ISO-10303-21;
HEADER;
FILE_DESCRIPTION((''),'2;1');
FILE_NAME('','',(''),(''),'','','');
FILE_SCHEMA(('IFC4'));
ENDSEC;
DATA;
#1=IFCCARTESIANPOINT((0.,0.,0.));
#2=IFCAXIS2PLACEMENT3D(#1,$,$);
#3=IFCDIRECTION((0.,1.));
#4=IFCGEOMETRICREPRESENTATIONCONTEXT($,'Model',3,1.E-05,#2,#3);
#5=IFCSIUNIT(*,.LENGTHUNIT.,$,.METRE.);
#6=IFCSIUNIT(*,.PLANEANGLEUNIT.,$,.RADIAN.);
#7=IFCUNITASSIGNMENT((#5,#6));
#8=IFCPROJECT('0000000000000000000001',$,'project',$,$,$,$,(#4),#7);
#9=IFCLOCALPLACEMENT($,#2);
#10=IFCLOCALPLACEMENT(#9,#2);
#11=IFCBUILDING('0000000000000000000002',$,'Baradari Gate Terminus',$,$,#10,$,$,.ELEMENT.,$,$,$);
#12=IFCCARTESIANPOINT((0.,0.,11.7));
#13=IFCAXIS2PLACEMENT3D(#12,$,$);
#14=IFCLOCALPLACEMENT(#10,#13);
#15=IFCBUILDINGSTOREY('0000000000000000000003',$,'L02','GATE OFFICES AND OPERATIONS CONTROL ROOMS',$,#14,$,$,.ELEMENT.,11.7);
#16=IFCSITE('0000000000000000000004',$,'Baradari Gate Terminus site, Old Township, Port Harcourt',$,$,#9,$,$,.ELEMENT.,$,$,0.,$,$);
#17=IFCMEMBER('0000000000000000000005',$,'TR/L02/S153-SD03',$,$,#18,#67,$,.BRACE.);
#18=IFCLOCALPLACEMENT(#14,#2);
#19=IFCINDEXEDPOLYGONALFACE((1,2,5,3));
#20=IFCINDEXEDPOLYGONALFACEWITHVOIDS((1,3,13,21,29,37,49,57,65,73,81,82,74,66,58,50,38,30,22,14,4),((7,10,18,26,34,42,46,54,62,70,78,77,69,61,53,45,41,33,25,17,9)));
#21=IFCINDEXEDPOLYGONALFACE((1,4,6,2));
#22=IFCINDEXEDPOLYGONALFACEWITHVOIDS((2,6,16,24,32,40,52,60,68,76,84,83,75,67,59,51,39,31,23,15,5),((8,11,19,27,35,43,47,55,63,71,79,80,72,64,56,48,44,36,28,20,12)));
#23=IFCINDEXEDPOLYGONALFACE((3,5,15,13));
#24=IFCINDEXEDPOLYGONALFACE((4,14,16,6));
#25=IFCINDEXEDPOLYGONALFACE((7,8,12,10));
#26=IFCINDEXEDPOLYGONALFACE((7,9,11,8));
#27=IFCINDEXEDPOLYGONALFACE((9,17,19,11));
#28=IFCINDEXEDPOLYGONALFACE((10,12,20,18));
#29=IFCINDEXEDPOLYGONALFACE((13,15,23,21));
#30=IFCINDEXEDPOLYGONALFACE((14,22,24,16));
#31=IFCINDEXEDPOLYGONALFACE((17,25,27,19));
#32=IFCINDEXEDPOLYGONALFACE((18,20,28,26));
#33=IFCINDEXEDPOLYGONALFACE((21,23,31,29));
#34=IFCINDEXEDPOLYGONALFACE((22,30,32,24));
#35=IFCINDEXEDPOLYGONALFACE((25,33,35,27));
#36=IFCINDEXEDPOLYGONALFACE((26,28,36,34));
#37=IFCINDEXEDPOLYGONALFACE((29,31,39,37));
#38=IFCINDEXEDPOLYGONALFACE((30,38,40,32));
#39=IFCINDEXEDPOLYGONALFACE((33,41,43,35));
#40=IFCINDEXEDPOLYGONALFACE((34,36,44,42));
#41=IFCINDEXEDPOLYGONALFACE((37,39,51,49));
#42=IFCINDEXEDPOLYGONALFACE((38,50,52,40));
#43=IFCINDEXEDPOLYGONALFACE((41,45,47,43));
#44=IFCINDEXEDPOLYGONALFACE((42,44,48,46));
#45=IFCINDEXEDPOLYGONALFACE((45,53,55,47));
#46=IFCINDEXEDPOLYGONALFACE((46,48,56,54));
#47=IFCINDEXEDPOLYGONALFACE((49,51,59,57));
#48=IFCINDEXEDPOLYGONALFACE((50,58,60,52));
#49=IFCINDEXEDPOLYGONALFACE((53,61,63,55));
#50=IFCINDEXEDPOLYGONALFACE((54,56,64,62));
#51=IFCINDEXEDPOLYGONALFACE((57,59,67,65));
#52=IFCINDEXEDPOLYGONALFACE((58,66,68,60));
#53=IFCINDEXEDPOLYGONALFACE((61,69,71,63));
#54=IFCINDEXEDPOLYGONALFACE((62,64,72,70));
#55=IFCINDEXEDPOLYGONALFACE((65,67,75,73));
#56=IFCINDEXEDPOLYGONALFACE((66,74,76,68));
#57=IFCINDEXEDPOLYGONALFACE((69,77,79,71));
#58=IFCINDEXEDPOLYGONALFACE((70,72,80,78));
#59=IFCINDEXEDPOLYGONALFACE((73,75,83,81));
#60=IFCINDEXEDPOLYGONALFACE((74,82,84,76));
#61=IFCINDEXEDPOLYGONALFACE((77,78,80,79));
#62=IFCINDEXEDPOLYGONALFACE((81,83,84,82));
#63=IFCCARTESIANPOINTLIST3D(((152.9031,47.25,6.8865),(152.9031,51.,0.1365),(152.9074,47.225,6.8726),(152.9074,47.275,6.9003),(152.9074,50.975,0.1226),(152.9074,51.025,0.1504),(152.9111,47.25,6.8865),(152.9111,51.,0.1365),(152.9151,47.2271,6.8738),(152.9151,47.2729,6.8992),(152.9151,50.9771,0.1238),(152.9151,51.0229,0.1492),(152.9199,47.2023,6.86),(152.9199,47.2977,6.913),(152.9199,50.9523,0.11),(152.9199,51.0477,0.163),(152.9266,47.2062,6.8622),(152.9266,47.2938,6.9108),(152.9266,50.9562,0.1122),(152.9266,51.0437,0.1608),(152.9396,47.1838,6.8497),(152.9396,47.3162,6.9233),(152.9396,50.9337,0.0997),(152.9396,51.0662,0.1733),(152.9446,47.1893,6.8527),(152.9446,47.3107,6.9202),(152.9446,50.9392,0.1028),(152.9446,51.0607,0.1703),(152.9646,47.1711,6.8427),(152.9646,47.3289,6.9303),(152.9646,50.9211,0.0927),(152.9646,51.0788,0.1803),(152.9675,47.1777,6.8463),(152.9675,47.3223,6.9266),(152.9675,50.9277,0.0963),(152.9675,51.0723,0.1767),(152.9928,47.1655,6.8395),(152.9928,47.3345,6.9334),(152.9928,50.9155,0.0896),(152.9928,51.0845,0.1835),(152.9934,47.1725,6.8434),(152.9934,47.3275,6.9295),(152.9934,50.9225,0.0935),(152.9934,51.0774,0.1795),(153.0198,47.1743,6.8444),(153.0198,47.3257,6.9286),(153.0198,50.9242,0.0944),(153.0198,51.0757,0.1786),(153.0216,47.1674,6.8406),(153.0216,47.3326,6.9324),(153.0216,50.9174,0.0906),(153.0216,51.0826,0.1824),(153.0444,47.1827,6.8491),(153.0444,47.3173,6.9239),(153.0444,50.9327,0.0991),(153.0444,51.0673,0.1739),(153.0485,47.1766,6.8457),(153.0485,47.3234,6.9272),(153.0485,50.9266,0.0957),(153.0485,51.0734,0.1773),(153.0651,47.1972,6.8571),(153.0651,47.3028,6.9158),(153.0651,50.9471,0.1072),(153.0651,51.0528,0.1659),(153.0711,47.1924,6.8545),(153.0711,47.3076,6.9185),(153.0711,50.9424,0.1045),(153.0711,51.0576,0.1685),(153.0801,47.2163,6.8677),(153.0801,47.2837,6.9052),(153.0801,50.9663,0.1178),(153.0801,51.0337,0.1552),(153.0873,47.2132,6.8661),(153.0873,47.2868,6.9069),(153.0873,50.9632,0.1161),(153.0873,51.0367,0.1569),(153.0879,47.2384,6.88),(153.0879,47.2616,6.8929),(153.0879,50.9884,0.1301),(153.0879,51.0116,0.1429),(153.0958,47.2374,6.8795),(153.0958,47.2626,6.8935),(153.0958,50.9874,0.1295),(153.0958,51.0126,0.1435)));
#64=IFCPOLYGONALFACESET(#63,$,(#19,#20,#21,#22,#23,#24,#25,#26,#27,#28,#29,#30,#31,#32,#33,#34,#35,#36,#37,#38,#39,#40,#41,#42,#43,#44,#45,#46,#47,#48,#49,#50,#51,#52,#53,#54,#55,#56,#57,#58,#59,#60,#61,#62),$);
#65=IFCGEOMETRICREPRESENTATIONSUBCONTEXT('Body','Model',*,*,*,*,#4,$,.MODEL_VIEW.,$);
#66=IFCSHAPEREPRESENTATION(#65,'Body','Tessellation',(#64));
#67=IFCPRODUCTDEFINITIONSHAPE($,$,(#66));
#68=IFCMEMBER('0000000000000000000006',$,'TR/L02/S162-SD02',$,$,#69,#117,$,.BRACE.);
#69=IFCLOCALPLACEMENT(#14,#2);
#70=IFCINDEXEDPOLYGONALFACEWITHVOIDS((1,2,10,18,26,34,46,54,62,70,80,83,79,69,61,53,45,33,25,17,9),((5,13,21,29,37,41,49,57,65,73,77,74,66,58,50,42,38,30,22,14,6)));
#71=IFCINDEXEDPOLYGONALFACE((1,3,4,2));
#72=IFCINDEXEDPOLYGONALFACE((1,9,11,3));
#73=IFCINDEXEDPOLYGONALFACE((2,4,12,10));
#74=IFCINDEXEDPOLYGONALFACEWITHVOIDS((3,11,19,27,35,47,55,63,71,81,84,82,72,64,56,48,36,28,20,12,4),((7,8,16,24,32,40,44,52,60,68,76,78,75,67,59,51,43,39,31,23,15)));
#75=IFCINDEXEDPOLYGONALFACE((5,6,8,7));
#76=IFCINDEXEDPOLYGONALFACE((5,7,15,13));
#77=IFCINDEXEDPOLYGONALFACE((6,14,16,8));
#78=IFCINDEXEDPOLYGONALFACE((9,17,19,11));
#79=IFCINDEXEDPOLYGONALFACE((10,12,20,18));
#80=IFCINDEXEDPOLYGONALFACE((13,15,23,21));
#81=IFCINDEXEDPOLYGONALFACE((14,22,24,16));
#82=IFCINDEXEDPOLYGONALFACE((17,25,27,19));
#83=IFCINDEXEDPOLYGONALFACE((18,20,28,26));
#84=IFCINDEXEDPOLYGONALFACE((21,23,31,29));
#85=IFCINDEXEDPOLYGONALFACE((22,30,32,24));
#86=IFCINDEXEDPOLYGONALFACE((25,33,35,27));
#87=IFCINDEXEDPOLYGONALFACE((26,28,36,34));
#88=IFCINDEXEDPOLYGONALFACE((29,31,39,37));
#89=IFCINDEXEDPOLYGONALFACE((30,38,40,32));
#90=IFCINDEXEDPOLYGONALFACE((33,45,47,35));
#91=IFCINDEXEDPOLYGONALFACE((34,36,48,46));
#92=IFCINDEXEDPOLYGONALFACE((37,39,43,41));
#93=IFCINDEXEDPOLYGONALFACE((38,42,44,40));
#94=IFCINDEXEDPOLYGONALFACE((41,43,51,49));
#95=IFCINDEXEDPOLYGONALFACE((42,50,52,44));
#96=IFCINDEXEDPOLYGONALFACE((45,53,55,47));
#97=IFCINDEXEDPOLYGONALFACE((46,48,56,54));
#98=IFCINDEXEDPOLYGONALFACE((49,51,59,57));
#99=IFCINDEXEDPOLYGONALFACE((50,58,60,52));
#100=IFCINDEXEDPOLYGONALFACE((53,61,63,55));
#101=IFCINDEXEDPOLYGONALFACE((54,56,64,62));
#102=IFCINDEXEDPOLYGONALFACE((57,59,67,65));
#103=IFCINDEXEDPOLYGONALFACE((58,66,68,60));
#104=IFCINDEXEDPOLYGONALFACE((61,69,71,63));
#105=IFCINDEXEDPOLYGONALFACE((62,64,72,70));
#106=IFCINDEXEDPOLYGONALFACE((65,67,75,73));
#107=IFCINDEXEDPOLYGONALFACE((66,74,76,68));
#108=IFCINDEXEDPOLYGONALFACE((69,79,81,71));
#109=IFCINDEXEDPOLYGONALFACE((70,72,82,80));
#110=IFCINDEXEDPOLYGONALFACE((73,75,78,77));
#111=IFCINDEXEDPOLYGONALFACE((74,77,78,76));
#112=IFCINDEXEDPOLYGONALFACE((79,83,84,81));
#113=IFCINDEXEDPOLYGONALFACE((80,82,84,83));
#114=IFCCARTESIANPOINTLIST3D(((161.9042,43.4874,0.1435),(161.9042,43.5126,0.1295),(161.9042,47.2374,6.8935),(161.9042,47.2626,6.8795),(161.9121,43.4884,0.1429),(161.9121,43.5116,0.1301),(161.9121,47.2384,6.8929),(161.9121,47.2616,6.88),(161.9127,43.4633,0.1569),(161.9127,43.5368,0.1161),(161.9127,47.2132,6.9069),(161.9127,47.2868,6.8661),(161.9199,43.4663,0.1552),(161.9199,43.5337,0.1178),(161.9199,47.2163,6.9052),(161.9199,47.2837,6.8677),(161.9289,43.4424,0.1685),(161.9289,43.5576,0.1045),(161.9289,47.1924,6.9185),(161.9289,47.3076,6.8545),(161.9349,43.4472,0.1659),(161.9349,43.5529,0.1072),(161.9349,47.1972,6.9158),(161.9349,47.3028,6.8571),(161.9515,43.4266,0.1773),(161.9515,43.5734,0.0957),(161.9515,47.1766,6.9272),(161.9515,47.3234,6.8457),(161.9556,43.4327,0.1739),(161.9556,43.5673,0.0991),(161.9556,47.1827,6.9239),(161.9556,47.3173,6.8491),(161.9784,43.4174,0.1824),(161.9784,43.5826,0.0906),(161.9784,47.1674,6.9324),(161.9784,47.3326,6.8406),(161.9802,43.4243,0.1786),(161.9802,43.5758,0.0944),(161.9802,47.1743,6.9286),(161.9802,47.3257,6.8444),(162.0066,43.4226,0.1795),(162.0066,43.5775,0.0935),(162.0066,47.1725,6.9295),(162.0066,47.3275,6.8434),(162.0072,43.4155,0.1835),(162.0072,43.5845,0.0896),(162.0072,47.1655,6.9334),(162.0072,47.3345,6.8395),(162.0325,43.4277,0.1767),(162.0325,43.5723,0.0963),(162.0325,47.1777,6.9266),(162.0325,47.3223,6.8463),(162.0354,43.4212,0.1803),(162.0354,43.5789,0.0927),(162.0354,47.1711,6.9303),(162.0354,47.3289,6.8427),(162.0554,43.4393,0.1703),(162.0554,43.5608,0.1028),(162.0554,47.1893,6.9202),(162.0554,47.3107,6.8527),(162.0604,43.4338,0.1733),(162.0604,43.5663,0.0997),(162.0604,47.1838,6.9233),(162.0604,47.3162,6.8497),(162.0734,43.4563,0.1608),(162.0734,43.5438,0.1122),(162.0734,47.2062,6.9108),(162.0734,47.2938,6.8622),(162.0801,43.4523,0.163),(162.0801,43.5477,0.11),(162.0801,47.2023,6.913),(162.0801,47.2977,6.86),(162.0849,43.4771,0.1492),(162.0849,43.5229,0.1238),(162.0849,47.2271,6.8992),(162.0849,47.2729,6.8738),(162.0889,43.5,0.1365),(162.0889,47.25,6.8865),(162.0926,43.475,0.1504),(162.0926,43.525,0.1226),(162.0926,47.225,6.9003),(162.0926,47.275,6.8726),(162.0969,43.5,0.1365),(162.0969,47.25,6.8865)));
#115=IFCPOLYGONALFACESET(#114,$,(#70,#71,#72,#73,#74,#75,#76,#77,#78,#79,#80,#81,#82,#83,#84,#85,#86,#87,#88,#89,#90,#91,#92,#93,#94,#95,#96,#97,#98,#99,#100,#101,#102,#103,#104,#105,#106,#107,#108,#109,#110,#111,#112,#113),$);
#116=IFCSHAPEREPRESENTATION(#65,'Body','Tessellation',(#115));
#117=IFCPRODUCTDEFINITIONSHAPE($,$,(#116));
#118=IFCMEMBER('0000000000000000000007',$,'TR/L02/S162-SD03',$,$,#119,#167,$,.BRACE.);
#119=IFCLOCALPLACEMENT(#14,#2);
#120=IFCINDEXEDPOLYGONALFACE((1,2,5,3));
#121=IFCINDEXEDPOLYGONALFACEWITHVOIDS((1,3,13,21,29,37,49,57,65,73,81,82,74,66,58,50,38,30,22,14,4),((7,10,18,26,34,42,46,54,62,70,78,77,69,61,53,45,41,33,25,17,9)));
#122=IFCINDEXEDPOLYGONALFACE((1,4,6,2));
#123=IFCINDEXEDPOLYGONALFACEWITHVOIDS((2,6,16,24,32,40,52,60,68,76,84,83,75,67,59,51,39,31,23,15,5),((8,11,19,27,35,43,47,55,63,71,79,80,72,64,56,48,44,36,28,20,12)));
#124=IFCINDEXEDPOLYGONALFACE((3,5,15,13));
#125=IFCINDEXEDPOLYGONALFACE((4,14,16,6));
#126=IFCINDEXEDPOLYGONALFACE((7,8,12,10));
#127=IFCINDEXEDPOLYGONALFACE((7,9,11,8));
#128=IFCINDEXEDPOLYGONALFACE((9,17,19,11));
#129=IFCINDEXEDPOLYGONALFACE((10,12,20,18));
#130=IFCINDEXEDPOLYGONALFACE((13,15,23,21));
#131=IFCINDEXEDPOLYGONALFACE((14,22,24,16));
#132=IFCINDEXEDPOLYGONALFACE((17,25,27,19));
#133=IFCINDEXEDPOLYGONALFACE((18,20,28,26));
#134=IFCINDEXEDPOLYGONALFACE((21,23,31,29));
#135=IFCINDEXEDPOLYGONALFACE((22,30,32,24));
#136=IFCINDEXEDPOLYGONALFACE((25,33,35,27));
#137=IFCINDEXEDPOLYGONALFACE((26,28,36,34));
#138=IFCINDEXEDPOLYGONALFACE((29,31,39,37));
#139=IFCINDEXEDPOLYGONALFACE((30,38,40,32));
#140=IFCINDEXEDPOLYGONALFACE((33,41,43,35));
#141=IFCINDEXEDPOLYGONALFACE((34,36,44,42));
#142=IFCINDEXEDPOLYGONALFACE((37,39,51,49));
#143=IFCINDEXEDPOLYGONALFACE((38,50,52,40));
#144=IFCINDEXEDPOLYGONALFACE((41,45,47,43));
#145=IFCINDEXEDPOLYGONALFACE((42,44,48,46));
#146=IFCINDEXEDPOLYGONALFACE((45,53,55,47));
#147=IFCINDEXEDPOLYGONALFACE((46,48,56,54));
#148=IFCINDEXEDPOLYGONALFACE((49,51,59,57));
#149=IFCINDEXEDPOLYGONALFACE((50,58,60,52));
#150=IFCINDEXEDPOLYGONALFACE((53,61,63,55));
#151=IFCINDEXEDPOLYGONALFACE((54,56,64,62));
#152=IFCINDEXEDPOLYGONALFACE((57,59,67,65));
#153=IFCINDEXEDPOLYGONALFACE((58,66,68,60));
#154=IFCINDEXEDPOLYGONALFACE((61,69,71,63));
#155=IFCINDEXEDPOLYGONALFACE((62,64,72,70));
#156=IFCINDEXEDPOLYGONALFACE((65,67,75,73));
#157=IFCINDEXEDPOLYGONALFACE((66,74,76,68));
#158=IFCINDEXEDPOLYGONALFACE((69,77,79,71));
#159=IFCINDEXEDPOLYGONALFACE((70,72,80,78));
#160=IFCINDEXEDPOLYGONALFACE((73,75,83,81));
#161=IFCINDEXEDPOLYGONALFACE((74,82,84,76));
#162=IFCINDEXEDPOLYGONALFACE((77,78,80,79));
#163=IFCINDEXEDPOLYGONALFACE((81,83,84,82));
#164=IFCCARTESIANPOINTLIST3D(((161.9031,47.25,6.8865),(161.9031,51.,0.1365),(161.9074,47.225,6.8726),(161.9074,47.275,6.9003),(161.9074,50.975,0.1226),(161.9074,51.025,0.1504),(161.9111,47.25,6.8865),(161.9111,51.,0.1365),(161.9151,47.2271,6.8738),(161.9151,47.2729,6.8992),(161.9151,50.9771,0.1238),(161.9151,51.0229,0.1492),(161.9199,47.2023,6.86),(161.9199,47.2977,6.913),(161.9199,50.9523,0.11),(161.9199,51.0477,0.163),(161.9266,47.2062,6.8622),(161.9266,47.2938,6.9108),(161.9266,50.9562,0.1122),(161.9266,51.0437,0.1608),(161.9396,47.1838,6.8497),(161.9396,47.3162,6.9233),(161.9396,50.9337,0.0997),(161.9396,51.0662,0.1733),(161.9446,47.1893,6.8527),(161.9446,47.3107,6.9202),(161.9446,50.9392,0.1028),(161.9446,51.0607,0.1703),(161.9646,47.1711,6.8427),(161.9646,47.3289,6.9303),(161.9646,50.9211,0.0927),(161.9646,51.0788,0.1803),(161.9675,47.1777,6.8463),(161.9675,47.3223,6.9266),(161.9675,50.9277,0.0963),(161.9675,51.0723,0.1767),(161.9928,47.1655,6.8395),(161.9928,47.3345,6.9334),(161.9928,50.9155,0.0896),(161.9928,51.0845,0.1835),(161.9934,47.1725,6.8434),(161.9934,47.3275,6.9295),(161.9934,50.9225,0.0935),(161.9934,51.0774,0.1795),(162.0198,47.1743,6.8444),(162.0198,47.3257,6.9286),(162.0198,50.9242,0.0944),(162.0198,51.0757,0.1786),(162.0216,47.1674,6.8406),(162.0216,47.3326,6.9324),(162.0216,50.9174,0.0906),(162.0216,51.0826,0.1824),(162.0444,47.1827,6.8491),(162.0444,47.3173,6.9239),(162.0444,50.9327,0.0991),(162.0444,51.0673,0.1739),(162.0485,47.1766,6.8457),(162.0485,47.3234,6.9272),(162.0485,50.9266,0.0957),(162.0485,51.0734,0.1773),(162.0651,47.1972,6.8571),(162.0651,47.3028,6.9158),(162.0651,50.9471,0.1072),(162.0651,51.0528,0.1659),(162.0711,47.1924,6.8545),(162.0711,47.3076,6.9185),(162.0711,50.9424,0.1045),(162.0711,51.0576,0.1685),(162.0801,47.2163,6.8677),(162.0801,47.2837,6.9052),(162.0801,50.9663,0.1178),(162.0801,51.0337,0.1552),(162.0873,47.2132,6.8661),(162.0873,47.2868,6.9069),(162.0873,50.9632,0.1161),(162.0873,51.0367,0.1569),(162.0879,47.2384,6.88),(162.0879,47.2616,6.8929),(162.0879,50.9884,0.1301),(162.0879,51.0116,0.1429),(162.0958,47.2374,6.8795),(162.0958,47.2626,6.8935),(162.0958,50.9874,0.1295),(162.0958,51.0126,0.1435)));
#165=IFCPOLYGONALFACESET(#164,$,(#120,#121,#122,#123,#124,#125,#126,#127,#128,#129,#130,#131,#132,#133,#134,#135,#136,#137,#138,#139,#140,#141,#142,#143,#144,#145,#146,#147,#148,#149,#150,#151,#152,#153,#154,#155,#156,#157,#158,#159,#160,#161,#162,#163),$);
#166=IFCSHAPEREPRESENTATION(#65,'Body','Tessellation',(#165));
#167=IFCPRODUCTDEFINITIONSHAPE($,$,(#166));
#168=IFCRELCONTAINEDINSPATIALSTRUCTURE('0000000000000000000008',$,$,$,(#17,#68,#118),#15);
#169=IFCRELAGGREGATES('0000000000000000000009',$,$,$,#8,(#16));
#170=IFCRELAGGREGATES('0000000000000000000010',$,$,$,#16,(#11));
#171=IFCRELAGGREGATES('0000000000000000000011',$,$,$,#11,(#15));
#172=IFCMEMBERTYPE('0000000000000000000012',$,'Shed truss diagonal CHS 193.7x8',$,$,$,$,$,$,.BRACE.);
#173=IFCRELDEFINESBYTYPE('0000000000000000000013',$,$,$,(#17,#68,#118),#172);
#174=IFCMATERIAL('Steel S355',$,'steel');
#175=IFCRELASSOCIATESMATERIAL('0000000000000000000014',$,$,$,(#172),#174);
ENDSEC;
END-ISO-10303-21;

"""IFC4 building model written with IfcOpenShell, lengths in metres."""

from ifc_helpers import new_model, si_unit, direction, frame, origin, origin_2d, place, context, subcontext, project, spatial, hollow_circle, extrude, material, material_profile, profile_set, type_object, element, save


model = new_model("IFC4")

# Units and contexts
model_context = context("Model", 3, precision=1e-05, world=origin(), true_north=direction((0.0, 1.0)))
body_context = subcontext(model_context, "Body", "Model", "MODEL_VIEW")
ifc_project = project(units=[si_unit("LENGTHUNIT", "METRE"), si_unit("PLANEANGLEUNIT", "RADIAN")], contexts=[model_context])

# Site, building, storey
site_placement = place(None, origin())
site = spatial("IfcSite", under=ifc_project, at=site_placement, Name="Baradari Gate Terminus site, Old Township, Port Harcourt", CompositionType="ELEMENT", RefElevation=0.0)
building_placement = place(site_placement, origin())
building = spatial("IfcBuilding", under=site, at=building_placement, Name="Baradari Gate Terminus", CompositionType="ELEMENT")
storey_placement = place(building_placement, frame((0.0, 0.0, 11.7)))
storey = spatial("IfcBuildingStorey", under=building, at=storey_placement, Name="L02", Description="GATE OFFICES AND OPERATIONS CONTROL ROOMS", CompositionType="ELEMENT", Elevation=11.7)

# Members
ifc_material_1 = material(Name="Steel S355", Category="steel")
ifc_material_profile_1 = material_profile(ifc_material_1, hollow_circle(Radius=0.0969, WallThickness=0.0081, at=origin_2d()), Name="CHS 193.7x8")
ifc_profile_set_1 = profile_set([ifc_material_profile_1], Name="Steel S355")
member_type_1 = type_object("IfcMemberType", Name="Shed truss diagonal CHS 193.7x8", PredefinedType="BRACE", material=ifc_profile_set_1)
for number, where, z_axis, x_axis, name in (
    (1, (153.0, 47.25, 6.8865), (0.0, 0.485643, -0.874157), (-1.0, 0.0, 0.0), "TR/L02/S153-SD03"),
    (2, (162.0, 47.25, 6.8865), (0.0, -0.485643, -0.874157), (1.0, 0.0, 0.0), "TR/L02/S162-SD02"),
    (3, (162.0, 47.25, 6.8865), (0.0, 0.485643, -0.874157), (-1.0, 0.0, 0.0), "TR/L02/S162-SD03"),
):
    element("IfcMember", number, at=place(storey_placement, frame(where, z_axis=z_axis, x_axis=x_axis)), inside=storey, type_object=member_type_1, Name=name, PredefinedType="BRACE", context=body_context, shape_type="SweptSolid", body=[
        extrude(hollow_circle(Radius=0.0969, WallThickness=0.0081, at=origin_2d()), origin(), (0.0, 0.0, 1.0), 7.7217),
    ])

save(model, "model.ifc")
